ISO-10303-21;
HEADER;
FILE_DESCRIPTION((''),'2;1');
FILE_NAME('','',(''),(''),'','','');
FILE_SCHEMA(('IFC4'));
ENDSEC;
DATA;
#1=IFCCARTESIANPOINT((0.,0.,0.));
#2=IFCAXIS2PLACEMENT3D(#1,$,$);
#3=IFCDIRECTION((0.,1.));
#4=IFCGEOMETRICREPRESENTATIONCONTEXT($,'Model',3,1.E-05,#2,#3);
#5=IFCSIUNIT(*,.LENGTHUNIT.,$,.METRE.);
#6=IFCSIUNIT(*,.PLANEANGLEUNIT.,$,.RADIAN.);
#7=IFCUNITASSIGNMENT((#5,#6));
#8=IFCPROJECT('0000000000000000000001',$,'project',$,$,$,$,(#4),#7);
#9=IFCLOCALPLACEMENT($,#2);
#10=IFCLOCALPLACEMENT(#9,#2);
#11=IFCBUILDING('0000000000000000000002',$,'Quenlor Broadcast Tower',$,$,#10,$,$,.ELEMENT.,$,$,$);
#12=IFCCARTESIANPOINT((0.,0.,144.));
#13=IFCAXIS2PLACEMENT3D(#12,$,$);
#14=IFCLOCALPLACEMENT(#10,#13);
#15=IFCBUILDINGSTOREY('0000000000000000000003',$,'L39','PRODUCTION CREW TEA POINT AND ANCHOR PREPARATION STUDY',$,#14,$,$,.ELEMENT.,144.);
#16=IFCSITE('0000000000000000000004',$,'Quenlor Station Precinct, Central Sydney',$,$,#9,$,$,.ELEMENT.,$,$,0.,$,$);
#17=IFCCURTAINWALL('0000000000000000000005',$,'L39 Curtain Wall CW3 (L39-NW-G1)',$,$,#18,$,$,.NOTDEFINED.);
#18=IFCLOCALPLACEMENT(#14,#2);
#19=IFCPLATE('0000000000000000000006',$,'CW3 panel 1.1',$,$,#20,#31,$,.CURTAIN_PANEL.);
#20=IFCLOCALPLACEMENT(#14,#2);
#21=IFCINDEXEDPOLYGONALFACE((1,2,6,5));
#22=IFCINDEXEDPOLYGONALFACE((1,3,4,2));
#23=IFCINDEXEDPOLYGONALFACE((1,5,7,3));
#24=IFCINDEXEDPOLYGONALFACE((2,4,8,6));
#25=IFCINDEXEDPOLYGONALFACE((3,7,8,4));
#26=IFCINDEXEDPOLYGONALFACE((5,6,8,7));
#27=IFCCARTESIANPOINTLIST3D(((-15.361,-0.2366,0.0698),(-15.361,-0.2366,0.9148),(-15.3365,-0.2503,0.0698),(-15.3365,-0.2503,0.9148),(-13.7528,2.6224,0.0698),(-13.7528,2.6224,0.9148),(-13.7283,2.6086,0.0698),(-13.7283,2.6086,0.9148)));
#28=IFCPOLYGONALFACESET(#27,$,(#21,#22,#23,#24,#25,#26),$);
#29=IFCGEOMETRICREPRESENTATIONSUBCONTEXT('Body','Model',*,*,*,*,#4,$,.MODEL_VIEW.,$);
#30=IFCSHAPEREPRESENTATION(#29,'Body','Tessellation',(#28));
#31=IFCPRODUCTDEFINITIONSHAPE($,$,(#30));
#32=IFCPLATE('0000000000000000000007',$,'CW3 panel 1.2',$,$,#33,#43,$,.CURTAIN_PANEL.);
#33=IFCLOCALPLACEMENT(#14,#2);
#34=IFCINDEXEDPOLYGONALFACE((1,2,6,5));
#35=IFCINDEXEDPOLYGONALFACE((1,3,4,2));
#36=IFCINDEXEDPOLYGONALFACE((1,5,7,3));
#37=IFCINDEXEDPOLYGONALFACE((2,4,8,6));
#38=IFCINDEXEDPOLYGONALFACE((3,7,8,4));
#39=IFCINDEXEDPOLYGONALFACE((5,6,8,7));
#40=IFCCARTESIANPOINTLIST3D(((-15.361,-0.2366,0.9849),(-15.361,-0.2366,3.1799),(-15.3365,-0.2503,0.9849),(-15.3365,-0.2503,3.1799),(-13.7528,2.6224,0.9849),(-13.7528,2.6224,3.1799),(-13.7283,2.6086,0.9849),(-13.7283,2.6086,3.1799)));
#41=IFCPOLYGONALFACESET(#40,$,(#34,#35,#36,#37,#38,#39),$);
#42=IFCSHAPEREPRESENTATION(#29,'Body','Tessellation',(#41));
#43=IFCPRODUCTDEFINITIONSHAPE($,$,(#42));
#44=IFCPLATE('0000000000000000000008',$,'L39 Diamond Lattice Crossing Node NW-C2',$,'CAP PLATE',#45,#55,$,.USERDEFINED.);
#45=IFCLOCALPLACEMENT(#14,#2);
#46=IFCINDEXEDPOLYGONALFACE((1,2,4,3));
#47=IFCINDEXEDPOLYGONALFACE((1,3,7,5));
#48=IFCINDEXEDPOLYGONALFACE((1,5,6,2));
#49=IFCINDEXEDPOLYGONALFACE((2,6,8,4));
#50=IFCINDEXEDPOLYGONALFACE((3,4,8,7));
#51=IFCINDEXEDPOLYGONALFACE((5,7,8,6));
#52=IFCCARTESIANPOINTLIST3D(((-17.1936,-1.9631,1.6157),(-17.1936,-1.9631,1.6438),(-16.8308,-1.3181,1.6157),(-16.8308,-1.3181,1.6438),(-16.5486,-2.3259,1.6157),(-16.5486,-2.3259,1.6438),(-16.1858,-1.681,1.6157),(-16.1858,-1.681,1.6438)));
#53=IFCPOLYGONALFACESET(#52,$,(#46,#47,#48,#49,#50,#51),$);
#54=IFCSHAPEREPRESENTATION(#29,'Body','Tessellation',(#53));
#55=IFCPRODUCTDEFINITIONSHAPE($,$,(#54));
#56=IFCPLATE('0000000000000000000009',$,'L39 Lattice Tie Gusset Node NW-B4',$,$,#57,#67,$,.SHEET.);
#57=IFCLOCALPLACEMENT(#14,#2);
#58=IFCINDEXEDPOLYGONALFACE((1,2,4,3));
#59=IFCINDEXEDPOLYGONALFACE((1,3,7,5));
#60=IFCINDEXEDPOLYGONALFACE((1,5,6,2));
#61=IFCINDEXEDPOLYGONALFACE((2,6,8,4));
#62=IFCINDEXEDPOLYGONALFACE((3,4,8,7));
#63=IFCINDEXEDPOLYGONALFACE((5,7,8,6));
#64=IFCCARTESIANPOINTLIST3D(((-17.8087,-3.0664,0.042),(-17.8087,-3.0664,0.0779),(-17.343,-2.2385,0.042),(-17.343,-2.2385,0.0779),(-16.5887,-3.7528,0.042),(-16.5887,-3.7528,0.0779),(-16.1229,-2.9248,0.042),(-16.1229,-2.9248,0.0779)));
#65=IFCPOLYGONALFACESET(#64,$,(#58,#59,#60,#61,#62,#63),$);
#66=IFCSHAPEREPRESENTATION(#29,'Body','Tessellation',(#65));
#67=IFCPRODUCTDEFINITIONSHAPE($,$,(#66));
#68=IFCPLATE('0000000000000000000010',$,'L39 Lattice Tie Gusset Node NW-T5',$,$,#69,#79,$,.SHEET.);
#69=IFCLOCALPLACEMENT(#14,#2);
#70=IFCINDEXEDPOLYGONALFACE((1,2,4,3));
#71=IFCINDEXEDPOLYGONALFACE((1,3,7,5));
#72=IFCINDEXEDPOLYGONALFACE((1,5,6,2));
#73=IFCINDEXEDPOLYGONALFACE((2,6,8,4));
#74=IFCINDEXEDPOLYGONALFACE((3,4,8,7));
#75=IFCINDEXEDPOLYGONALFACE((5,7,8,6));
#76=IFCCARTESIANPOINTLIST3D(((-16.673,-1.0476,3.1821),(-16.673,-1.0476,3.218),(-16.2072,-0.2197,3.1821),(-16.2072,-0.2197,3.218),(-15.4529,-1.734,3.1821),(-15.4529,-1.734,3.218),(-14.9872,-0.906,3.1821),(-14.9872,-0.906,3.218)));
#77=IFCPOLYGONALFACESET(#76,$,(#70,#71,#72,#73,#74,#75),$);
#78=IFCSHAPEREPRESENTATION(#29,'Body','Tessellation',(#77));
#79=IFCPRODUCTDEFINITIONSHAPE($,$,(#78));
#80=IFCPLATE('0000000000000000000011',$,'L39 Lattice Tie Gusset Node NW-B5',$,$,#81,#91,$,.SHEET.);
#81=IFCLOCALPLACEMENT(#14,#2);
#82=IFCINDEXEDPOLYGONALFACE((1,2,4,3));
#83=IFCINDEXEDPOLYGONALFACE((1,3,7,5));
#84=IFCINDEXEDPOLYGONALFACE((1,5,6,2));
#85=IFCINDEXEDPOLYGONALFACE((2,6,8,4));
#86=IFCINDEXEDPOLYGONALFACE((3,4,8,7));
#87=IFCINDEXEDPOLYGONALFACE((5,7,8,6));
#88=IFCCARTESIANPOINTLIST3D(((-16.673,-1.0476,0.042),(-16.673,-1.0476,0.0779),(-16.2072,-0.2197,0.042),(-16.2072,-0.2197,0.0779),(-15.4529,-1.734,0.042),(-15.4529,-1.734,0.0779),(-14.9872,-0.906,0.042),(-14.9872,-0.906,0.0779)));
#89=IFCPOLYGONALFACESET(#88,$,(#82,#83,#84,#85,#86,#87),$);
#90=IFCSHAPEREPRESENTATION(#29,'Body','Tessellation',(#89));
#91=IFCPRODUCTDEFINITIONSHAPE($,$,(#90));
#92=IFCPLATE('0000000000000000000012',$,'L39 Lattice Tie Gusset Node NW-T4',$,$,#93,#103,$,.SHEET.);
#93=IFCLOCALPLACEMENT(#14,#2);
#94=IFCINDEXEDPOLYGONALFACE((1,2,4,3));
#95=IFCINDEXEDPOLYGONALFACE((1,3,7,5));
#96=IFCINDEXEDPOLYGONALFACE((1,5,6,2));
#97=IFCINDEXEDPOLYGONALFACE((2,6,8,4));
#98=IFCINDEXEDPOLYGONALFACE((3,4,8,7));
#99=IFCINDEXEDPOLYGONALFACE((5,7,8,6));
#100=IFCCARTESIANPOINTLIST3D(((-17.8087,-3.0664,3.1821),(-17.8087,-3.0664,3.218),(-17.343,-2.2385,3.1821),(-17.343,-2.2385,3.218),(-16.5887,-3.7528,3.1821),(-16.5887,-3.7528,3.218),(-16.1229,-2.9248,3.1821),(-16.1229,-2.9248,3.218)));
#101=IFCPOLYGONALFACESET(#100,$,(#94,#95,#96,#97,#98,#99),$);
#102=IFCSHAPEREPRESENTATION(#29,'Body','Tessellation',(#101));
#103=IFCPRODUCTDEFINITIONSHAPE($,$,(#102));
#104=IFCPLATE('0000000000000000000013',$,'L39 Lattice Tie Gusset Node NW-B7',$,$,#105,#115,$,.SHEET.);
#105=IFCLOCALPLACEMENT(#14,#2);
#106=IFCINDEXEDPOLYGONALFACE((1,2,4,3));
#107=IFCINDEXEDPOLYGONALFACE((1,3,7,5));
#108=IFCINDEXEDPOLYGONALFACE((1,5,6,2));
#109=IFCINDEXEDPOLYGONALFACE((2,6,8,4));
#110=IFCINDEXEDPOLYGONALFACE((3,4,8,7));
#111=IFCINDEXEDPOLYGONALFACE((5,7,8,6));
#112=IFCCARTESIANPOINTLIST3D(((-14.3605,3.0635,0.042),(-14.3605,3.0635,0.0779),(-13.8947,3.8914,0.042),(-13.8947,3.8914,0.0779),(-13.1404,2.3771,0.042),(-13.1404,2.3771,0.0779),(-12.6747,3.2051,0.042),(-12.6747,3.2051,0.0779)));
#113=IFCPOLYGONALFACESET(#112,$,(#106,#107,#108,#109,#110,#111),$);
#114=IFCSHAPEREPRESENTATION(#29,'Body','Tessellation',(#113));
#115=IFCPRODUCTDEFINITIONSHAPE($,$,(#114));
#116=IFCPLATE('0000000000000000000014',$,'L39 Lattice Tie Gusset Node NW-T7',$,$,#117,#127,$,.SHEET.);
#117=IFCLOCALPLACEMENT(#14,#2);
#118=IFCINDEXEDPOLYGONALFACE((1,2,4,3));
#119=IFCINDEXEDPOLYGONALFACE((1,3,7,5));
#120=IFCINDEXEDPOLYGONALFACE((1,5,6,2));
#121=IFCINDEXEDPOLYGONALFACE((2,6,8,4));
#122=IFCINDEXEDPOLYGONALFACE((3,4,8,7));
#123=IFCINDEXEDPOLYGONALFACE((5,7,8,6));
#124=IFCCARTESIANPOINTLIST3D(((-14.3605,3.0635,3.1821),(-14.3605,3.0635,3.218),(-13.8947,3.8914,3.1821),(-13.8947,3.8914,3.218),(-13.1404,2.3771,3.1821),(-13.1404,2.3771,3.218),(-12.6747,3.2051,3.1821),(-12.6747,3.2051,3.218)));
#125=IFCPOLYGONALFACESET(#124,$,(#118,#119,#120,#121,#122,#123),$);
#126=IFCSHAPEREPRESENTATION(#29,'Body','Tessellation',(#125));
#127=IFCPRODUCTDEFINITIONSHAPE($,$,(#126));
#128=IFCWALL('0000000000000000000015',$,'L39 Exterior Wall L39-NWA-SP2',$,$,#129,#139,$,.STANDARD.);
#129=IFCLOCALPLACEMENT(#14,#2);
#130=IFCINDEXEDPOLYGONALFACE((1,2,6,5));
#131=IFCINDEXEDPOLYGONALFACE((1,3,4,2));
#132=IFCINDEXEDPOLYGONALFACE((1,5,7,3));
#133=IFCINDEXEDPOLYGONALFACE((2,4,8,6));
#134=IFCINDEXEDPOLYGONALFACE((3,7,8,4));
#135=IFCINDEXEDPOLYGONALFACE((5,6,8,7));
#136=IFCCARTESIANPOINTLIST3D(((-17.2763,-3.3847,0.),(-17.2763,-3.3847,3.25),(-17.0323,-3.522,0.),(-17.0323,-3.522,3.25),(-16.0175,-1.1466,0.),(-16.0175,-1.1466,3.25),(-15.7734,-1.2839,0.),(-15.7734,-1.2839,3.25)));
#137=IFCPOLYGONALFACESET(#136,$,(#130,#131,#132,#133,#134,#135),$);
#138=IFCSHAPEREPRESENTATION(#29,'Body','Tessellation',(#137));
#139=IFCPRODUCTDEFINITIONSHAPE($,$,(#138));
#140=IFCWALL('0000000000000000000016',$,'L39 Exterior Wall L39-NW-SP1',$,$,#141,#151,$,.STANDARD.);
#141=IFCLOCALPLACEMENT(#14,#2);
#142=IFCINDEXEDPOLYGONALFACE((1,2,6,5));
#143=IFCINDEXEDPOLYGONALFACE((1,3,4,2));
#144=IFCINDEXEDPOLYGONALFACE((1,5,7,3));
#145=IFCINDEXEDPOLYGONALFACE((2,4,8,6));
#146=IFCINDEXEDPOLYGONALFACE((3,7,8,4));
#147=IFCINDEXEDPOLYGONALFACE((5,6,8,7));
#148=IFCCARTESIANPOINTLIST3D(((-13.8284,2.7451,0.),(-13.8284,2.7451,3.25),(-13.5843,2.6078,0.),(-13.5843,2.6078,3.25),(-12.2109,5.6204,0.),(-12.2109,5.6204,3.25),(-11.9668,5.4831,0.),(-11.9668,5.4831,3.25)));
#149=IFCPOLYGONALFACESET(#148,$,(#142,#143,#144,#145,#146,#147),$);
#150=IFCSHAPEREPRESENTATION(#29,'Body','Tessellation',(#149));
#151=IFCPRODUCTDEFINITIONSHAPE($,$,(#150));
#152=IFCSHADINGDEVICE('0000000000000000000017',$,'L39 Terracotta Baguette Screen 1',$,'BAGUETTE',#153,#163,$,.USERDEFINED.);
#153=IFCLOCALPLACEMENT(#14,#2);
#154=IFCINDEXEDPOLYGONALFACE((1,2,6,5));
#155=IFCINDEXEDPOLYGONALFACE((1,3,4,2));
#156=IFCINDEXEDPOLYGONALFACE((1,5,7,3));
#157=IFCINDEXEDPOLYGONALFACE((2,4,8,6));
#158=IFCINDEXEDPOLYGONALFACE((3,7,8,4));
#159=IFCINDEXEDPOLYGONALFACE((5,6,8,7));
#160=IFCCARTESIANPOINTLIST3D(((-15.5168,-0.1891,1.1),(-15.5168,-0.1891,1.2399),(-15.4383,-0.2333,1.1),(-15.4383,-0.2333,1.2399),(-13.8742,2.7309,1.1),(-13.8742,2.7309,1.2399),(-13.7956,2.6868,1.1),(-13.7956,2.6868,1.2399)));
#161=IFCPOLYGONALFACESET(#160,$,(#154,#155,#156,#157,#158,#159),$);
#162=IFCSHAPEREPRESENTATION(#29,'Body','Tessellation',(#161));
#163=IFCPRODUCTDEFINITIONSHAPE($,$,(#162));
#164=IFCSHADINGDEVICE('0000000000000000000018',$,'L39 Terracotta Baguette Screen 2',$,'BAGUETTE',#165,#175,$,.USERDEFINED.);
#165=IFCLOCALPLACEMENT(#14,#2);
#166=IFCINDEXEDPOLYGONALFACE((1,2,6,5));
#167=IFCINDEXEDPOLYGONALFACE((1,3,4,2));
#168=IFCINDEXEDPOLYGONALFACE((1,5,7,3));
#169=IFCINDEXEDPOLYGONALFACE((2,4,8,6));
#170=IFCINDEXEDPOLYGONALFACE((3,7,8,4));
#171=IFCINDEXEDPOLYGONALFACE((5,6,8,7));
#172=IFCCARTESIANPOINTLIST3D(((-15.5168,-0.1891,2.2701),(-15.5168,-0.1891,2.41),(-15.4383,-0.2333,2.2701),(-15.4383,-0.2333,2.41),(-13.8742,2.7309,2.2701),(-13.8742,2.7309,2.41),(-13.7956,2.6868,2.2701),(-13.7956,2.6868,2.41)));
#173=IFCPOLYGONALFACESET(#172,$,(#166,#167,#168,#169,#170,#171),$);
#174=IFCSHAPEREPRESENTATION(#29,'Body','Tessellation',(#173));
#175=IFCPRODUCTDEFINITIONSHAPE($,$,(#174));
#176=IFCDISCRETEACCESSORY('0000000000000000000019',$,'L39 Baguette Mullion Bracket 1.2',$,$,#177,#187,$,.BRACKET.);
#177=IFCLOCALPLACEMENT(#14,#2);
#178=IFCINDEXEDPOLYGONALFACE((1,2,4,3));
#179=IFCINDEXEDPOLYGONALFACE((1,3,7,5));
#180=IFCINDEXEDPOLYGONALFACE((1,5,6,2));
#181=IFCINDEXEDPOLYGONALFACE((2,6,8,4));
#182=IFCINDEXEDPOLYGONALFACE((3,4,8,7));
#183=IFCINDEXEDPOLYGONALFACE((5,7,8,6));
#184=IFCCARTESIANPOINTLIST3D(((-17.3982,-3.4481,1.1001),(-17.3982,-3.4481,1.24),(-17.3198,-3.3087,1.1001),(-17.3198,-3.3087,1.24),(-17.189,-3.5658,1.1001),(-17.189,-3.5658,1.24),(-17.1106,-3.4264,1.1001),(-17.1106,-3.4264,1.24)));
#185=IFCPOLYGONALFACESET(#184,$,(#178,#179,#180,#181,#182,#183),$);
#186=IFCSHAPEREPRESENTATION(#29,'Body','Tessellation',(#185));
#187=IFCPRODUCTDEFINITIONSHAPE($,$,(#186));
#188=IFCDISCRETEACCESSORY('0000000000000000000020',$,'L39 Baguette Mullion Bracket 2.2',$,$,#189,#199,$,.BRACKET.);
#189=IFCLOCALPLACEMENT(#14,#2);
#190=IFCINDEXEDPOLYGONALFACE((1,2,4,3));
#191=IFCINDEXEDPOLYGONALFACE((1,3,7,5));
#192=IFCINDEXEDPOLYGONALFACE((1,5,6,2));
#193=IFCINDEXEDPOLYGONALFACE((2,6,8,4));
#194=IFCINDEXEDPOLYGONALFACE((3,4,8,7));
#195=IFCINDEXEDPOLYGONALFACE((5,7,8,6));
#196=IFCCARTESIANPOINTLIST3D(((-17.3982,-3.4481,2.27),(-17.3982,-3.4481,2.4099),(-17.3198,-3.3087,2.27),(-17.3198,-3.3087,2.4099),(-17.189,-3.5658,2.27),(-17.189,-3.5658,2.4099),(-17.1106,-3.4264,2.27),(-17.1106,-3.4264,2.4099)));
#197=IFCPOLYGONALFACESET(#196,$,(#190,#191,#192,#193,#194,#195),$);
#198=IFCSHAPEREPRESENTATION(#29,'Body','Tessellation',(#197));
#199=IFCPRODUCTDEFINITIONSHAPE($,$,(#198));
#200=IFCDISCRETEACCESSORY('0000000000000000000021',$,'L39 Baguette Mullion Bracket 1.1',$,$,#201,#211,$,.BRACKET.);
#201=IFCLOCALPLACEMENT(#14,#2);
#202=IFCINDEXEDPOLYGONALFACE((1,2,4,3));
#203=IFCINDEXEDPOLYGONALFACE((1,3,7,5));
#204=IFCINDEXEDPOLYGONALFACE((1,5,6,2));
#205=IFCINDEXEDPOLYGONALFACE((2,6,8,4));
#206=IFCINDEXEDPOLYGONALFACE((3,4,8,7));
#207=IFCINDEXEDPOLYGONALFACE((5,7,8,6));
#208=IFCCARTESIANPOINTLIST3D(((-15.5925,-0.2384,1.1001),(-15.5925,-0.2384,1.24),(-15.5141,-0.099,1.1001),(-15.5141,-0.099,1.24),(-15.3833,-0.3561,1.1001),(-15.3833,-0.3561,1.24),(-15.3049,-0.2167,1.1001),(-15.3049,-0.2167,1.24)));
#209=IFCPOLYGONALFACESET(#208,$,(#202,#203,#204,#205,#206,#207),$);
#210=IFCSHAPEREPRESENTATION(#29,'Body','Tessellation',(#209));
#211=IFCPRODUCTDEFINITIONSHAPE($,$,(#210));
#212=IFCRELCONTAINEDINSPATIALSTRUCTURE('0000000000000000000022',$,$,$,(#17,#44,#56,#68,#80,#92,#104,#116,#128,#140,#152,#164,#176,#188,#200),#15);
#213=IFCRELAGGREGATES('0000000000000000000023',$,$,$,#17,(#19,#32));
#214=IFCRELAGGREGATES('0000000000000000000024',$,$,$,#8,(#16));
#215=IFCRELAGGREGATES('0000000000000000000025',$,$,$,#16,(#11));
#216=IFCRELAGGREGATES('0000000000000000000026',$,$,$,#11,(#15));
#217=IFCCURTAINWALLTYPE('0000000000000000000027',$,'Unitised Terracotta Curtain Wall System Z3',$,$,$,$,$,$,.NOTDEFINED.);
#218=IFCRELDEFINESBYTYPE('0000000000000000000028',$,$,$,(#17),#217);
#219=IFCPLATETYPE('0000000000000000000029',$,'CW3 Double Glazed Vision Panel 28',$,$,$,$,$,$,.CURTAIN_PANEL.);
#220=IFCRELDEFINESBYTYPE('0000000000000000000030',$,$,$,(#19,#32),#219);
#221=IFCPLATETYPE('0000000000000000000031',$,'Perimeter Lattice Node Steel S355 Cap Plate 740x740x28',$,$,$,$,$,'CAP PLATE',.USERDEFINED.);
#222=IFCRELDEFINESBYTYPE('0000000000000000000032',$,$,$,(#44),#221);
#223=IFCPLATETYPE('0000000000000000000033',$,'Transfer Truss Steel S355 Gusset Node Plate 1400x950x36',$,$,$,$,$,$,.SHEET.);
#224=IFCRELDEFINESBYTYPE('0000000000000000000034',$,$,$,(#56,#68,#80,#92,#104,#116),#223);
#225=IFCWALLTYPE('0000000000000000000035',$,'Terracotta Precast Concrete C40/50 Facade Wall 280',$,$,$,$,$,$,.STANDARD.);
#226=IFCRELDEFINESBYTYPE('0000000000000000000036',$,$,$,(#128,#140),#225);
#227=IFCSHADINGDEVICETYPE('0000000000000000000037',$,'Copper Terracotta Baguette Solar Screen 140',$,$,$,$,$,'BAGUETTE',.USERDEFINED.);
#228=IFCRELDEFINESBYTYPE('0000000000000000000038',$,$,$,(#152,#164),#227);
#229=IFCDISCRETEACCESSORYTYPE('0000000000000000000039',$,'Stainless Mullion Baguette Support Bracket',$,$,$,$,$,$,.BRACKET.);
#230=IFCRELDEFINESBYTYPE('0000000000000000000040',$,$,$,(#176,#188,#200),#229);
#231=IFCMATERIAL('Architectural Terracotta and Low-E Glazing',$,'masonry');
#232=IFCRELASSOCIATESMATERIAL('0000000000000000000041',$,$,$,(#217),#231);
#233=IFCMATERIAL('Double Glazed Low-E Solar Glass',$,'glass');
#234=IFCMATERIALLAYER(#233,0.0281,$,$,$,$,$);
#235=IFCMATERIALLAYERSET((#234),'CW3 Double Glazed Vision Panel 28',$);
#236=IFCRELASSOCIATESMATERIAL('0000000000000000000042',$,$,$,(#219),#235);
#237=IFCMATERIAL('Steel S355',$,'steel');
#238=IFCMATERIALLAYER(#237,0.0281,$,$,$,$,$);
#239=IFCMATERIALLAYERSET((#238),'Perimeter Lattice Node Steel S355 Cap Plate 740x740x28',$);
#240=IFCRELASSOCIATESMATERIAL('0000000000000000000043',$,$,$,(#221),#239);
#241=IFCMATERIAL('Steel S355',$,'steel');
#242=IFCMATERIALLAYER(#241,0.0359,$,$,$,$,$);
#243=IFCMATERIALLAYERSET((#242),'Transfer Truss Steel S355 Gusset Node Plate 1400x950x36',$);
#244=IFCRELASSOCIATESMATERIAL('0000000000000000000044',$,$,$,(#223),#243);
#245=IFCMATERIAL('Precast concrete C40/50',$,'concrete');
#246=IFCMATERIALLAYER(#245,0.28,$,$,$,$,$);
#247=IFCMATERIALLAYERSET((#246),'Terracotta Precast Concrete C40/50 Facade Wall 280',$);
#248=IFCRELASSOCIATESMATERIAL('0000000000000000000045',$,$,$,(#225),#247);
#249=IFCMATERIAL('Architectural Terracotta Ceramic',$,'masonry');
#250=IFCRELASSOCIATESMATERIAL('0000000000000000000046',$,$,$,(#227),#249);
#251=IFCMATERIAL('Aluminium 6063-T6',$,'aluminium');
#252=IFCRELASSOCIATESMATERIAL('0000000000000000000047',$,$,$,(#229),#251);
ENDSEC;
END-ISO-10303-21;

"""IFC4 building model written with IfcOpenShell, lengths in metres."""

from ifc_helpers import new_model, si_unit, direction, frame, frame_2d, origin, origin_2d, place, context, subcontext, project, spatial, rectangle, extrude, material, layer, layer_set, material_profile, profile_set, type_object, element, aggregate, save


model = new_model("IFC4")

# Units and contexts
model_context = context("Model", 3, precision=1e-05, world=origin(), true_north=direction((0.0, 1.0)))
body_context = subcontext(model_context, "Body", "Model", "MODEL_VIEW")
ifc_project = project(units=[si_unit("LENGTHUNIT", "METRE"), si_unit("PLANEANGLEUNIT", "RADIAN")], contexts=[model_context])

# Site, building, storey
site_placement = place(None, origin())
site = spatial("IfcSite", under=ifc_project, at=site_placement, Name="Quenlor Station Precinct, Central Sydney", CompositionType="ELEMENT", RefElevation=0.0)
building_placement = place(site_placement, origin())
building = spatial("IfcBuilding", under=site, at=building_placement, Name="Quenlor Broadcast Tower", CompositionType="ELEMENT")
storey_placement = place(building_placement, frame((0.0, 0.0, 144.0)))
storey = spatial("IfcBuildingStorey", under=building, at=storey_placement, Name="L39", Description="PRODUCTION CREW TEA POINT AND ANCHOR PREPARATION STUDY", CompositionType="ELEMENT", Elevation=144.0)

# Shared definitions
ifc_material_1 = material(Name="Architectural Terracotta and Low-E Glazing", Category="masonry")
curtain_wall_type = type_object("IfcCurtainWallType", Name="Unitised Terracotta Curtain Wall System Z3", PredefinedType="NOTDEFINED", material=ifc_material_1)

# Curtain wall
curtain_wall_1_placement = place(storey_placement, origin())
curtain_wall_1 = element("IfcCurtainWall", 1, at=curtain_wall_1_placement, inside=storey, type_object=curtain_wall_type, Name="L39 Curtain Wall CW3 (L39-NW-G1)", PredefinedType="NOTDEFINED")

# Plates
ifc_material_2 = material(Name="Double Glazed Low-E Solar Glass", Category="glass")
ifc_layer_1 = layer(ifc_material_2, 0.0281)
ifc_layer_set_1 = layer_set([ifc_layer_1], Name="CW3 Double Glazed Vision Panel 28")
plate_type_1 = type_object("IfcPlateType", Name="CW3 Double Glazed Vision Panel 28", PredefinedType="CURTAIN_PANEL", material=ifc_layer_set_1)
plate_1_placement = place(storey_placement, frame((-14.5447, 1.186, 0.0698), z_axis=(0.0, 0.0, 1.0), x_axis=(0.490268, 0.871572, 0.0)))
plate_1 = element("IfcPlate", 2, at=plate_1_placement, type_object=plate_type_1, Name="CW3 panel 1.1", PredefinedType="CURTAIN_PANEL", context=body_context, shape_type="SweptSolid", body=[
    extrude(rectangle(XDim=3.2803, YDim=0.0281, at=origin_2d()), origin(), (0.0, 0.0, 1.0), 0.845),
])
plate_2_placement = place(storey_placement, frame((-14.5447, 1.186, 0.9849), z_axis=(0.0, 0.0, 1.0), x_axis=(0.490268, 0.871572, 0.0)))
plate_2 = element("IfcPlate", 3, at=plate_2_placement, type_object=plate_type_1, Name="CW3 panel 1.2", PredefinedType="CURTAIN_PANEL", context=body_context, shape_type="SweptSolid", body=[
    extrude(rectangle(XDim=3.2803, YDim=0.0281, at=origin_2d()), origin(), (0.0, 0.0, 1.0), 2.1951),
])
aggregate(curtain_wall_1, [plate_1, plate_2])

# Plates
ifc_material_3 = material(Name="Steel S355", Category="steel")
ifc_layer_2 = layer(ifc_material_3, 0.0281)
ifc_layer_set_2 = layer_set([ifc_layer_2], Name="Perimeter Lattice Node Steel S355 Cap Plate 740x740x28")
plate_type_2 = type_object("IfcPlateType", Name="Perimeter Lattice Node Steel S355 Cap Plate 740x740x28", ElementType="CAP PLATE", PredefinedType="USERDEFINED", material=ifc_layer_set_2)
plate_3_placement = place(storey_placement, frame((-16.6897, -1.822, 1.6157), z_axis=(0.0, 0.0, 1.0), x_axis=(0.490295, 0.871556, 0.0)))
element("IfcPlate", 4, at=plate_3_placement, inside=storey, type_object=plate_type_2, Name="L39 Diamond Lattice Crossing Node NW-C2", ObjectType="CAP PLATE", PredefinedType="USERDEFINED", context=body_context, shape_type="SweptSolid", body=[
    extrude(rectangle(XDim=0.74, YDim=0.74, at=origin_2d()), origin(), (0.0, 0.0, 1.0), 0.0281),
])
ifc_material_4 = material(Name="Steel S355", Category="steel")
ifc_layer_3 = layer(ifc_material_4, 0.0359)
ifc_layer_set_3 = layer_set([ifc_layer_3], Name="Transfer Truss Steel S355 Gusset Node Plate 1400x950x36")
plate_type_3 = type_object("IfcPlateType", Name="Transfer Truss Steel S355 Gusset Node Plate 1400x950x36", PredefinedType="SHEET", material=ifc_layer_set_3)
for number, where, z_axis, x_axis, name in (
    (5, (-16.9658, -2.9956, 0.042), (0.0, 0.0, 1.0), (-0.871556, 0.490295, 0.0), "L39 Lattice Tie Gusset Node NW-B4"),
    (6, (-15.8301, -0.9768, 3.1821), (0.0, 0.0, 1.0), (-0.871556, 0.490295, 0.0), "L39 Lattice Tie Gusset Node NW-T5"),
    (7, (-15.8301, -0.9768, 0.042), (0.0, 0.0, 1.0), (-0.871556, 0.490295, 0.0), "L39 Lattice Tie Gusset Node NW-B5"),
    (8, (-16.9658, -2.9956, 3.1821), (0.0, 0.0, 1.0), (-0.871556, 0.490295, 0.0), "L39 Lattice Tie Gusset Node NW-T4"),
    (9, (-13.5176, 3.1343, 0.042), (0.0, 0.0, 1.0), (-0.871556, 0.490295, 0.0), "L39 Lattice Tie Gusset Node NW-B7"),
    (10, (-13.5176, 3.1343, 3.1821), (0.0, 0.0, 1.0), (-0.871556, 0.490295, 0.0), "L39 Lattice Tie Gusset Node NW-T7"),
):
    element("IfcPlate", number, at=place(storey_placement, frame(where, z_axis=z_axis, x_axis=x_axis)), inside=storey, type_object=plate_type_3, Name=name, PredefinedType="SHEET", context=body_context, shape_type="SweptSolid", body=[
        extrude(rectangle(XDim=1.3999, YDim=0.95, at=origin_2d()), origin(), (0.0, 0.0, 1.0), 0.0359),
    ])

# Walls
ifc_material_5 = material(Name="Precast concrete C40/50", Category="concrete")
ifc_layer_4 = layer(ifc_material_5, 0.28)
ifc_layer_set_4 = layer_set([ifc_layer_4], Name="Terracotta Precast Concrete C40/50 Facade Wall 280")
wall_type = type_object("IfcWallType", Name="Terracotta Precast Concrete C40/50 Facade Wall 280", PredefinedType="STANDARD", material=ifc_layer_set_4)
wall_1_placement = place(storey_placement, frame((-17.1543, -3.4534, 0.0), z_axis=(0.0, 0.0, 1.0), x_axis=(0.49023, 0.871593, 0.0)))
element("IfcWall", 11, at=wall_1_placement, inside=storey, type_object=wall_type, Name="L39 Exterior Wall L39-NWA-SP2", PredefinedType="STANDARD", context=body_context, shape_type="SweptSolid", body=[
    extrude(rectangle(XDim=2.5679, YDim=0.28, at=frame_2d((1.2839, 0.0))), origin(), (0.0, 0.0, 1.0), 3.25),
])
wall_2_placement = place(storey_placement, frame((-13.7063, 2.6765, 0.0), z_axis=(0.0, 0.0, 1.0), x_axis=(0.490286, 0.871562, 0.0)))
element("IfcWall", 12, at=wall_2_placement, inside=storey, type_object=wall_type, Name="L39 Exterior Wall L39-NW-SP1", PredefinedType="STANDARD", context=body_context, shape_type="SweptSolid", body=[
    extrude(rectangle(XDim=3.2991, YDim=0.28, at=frame_2d((1.6494, 0.0))), origin(), (0.0, 0.0, 1.0), 3.25),
])

# Shading devices
ifc_material_6 = material(Name="Architectural Terracotta Ceramic", Category="masonry")
ifc_material_profile_1 = material_profile(ifc_material_6, rectangle(XDim=0.0901, YDim=0.1399, at=origin_2d()))
ifc_profile_set_1 = profile_set([ifc_material_profile_1], Name="Architectural Terracotta Ceramic BAG90x140")
shading_device_type = type_object("IfcShadingDeviceType", Name="Copper Terracotta Baguette Solar Screen 140", ElementType="BAGUETTE", PredefinedType="USERDEFINED", material=ifc_profile_set_1)
for number, where, z_axis, x_axis, name in (
    (13, (-15.4775, -0.2112, 1.1699), (0.490289, 0.87156, 0.0), (-0.87156, 0.490289, 0.0), "L39 Terracotta Baguette Screen 1"),
    (14, (-15.4775, -0.2112, 2.3401), (0.490289, 0.87156, 0.0), (-0.87156, 0.490289, 0.0), "L39 Terracotta Baguette Screen 2"),
):
    element("IfcShadingDevice", number, at=place(storey_placement, frame(where, z_axis=z_axis, x_axis=x_axis)), inside=storey, type_object=shading_device_type, Name=name, ObjectType="BAGUETTE", PredefinedType="USERDEFINED", context=body_context, shape_type="SweptSolid", body=[
        extrude(rectangle(XDim=0.0901, YDim=0.1399, at=origin_2d()), origin(), (0.0, 0.0, 1.0), 3.3503),
    ])

# Discrete accessories
ifc_material_7 = material(Name="Aluminium 6063-T6", Category="aluminium")
discrete_accessory_type = type_object("IfcDiscreteAccessoryType", Name="Stainless Mullion Baguette Support Bracket", PredefinedType="BRACKET", material=ifc_material_7)
for number, where, z_axis, x_axis, name in (
    (15, (-17.2544, -3.4373, 1.1001), (0.0, 0.0, 1.0), (0.490259, 0.871577, 0.0), "L39 Baguette Mullion Bracket 1.2"),
    (16, (-17.2544, -3.4373, 2.27), (0.0, 0.0, 1.0), (0.490259, 0.871577, 0.0), "L39 Baguette Mullion Bracket 2.2"),
    (17, (-15.4487, -0.2275, 1.1001), (0.0, 0.0, 1.0), (0.490268, 0.871572, 0.0), "L39 Baguette Mullion Bracket 1.1"),
):
    element("IfcDiscreteAccessory", number, at=place(storey_placement, frame(where, z_axis=z_axis, x_axis=x_axis)), inside=storey, type_object=discrete_accessory_type, Name=name, PredefinedType="BRACKET", context=body_context, shape_type="SweptSolid", body=[
        extrude(rectangle(XDim=0.1599, YDim=0.24, at=origin_2d()), origin(), (0.0, 0.0, 1.0), 0.1399),
    ])

save(model, "model.ifc")
